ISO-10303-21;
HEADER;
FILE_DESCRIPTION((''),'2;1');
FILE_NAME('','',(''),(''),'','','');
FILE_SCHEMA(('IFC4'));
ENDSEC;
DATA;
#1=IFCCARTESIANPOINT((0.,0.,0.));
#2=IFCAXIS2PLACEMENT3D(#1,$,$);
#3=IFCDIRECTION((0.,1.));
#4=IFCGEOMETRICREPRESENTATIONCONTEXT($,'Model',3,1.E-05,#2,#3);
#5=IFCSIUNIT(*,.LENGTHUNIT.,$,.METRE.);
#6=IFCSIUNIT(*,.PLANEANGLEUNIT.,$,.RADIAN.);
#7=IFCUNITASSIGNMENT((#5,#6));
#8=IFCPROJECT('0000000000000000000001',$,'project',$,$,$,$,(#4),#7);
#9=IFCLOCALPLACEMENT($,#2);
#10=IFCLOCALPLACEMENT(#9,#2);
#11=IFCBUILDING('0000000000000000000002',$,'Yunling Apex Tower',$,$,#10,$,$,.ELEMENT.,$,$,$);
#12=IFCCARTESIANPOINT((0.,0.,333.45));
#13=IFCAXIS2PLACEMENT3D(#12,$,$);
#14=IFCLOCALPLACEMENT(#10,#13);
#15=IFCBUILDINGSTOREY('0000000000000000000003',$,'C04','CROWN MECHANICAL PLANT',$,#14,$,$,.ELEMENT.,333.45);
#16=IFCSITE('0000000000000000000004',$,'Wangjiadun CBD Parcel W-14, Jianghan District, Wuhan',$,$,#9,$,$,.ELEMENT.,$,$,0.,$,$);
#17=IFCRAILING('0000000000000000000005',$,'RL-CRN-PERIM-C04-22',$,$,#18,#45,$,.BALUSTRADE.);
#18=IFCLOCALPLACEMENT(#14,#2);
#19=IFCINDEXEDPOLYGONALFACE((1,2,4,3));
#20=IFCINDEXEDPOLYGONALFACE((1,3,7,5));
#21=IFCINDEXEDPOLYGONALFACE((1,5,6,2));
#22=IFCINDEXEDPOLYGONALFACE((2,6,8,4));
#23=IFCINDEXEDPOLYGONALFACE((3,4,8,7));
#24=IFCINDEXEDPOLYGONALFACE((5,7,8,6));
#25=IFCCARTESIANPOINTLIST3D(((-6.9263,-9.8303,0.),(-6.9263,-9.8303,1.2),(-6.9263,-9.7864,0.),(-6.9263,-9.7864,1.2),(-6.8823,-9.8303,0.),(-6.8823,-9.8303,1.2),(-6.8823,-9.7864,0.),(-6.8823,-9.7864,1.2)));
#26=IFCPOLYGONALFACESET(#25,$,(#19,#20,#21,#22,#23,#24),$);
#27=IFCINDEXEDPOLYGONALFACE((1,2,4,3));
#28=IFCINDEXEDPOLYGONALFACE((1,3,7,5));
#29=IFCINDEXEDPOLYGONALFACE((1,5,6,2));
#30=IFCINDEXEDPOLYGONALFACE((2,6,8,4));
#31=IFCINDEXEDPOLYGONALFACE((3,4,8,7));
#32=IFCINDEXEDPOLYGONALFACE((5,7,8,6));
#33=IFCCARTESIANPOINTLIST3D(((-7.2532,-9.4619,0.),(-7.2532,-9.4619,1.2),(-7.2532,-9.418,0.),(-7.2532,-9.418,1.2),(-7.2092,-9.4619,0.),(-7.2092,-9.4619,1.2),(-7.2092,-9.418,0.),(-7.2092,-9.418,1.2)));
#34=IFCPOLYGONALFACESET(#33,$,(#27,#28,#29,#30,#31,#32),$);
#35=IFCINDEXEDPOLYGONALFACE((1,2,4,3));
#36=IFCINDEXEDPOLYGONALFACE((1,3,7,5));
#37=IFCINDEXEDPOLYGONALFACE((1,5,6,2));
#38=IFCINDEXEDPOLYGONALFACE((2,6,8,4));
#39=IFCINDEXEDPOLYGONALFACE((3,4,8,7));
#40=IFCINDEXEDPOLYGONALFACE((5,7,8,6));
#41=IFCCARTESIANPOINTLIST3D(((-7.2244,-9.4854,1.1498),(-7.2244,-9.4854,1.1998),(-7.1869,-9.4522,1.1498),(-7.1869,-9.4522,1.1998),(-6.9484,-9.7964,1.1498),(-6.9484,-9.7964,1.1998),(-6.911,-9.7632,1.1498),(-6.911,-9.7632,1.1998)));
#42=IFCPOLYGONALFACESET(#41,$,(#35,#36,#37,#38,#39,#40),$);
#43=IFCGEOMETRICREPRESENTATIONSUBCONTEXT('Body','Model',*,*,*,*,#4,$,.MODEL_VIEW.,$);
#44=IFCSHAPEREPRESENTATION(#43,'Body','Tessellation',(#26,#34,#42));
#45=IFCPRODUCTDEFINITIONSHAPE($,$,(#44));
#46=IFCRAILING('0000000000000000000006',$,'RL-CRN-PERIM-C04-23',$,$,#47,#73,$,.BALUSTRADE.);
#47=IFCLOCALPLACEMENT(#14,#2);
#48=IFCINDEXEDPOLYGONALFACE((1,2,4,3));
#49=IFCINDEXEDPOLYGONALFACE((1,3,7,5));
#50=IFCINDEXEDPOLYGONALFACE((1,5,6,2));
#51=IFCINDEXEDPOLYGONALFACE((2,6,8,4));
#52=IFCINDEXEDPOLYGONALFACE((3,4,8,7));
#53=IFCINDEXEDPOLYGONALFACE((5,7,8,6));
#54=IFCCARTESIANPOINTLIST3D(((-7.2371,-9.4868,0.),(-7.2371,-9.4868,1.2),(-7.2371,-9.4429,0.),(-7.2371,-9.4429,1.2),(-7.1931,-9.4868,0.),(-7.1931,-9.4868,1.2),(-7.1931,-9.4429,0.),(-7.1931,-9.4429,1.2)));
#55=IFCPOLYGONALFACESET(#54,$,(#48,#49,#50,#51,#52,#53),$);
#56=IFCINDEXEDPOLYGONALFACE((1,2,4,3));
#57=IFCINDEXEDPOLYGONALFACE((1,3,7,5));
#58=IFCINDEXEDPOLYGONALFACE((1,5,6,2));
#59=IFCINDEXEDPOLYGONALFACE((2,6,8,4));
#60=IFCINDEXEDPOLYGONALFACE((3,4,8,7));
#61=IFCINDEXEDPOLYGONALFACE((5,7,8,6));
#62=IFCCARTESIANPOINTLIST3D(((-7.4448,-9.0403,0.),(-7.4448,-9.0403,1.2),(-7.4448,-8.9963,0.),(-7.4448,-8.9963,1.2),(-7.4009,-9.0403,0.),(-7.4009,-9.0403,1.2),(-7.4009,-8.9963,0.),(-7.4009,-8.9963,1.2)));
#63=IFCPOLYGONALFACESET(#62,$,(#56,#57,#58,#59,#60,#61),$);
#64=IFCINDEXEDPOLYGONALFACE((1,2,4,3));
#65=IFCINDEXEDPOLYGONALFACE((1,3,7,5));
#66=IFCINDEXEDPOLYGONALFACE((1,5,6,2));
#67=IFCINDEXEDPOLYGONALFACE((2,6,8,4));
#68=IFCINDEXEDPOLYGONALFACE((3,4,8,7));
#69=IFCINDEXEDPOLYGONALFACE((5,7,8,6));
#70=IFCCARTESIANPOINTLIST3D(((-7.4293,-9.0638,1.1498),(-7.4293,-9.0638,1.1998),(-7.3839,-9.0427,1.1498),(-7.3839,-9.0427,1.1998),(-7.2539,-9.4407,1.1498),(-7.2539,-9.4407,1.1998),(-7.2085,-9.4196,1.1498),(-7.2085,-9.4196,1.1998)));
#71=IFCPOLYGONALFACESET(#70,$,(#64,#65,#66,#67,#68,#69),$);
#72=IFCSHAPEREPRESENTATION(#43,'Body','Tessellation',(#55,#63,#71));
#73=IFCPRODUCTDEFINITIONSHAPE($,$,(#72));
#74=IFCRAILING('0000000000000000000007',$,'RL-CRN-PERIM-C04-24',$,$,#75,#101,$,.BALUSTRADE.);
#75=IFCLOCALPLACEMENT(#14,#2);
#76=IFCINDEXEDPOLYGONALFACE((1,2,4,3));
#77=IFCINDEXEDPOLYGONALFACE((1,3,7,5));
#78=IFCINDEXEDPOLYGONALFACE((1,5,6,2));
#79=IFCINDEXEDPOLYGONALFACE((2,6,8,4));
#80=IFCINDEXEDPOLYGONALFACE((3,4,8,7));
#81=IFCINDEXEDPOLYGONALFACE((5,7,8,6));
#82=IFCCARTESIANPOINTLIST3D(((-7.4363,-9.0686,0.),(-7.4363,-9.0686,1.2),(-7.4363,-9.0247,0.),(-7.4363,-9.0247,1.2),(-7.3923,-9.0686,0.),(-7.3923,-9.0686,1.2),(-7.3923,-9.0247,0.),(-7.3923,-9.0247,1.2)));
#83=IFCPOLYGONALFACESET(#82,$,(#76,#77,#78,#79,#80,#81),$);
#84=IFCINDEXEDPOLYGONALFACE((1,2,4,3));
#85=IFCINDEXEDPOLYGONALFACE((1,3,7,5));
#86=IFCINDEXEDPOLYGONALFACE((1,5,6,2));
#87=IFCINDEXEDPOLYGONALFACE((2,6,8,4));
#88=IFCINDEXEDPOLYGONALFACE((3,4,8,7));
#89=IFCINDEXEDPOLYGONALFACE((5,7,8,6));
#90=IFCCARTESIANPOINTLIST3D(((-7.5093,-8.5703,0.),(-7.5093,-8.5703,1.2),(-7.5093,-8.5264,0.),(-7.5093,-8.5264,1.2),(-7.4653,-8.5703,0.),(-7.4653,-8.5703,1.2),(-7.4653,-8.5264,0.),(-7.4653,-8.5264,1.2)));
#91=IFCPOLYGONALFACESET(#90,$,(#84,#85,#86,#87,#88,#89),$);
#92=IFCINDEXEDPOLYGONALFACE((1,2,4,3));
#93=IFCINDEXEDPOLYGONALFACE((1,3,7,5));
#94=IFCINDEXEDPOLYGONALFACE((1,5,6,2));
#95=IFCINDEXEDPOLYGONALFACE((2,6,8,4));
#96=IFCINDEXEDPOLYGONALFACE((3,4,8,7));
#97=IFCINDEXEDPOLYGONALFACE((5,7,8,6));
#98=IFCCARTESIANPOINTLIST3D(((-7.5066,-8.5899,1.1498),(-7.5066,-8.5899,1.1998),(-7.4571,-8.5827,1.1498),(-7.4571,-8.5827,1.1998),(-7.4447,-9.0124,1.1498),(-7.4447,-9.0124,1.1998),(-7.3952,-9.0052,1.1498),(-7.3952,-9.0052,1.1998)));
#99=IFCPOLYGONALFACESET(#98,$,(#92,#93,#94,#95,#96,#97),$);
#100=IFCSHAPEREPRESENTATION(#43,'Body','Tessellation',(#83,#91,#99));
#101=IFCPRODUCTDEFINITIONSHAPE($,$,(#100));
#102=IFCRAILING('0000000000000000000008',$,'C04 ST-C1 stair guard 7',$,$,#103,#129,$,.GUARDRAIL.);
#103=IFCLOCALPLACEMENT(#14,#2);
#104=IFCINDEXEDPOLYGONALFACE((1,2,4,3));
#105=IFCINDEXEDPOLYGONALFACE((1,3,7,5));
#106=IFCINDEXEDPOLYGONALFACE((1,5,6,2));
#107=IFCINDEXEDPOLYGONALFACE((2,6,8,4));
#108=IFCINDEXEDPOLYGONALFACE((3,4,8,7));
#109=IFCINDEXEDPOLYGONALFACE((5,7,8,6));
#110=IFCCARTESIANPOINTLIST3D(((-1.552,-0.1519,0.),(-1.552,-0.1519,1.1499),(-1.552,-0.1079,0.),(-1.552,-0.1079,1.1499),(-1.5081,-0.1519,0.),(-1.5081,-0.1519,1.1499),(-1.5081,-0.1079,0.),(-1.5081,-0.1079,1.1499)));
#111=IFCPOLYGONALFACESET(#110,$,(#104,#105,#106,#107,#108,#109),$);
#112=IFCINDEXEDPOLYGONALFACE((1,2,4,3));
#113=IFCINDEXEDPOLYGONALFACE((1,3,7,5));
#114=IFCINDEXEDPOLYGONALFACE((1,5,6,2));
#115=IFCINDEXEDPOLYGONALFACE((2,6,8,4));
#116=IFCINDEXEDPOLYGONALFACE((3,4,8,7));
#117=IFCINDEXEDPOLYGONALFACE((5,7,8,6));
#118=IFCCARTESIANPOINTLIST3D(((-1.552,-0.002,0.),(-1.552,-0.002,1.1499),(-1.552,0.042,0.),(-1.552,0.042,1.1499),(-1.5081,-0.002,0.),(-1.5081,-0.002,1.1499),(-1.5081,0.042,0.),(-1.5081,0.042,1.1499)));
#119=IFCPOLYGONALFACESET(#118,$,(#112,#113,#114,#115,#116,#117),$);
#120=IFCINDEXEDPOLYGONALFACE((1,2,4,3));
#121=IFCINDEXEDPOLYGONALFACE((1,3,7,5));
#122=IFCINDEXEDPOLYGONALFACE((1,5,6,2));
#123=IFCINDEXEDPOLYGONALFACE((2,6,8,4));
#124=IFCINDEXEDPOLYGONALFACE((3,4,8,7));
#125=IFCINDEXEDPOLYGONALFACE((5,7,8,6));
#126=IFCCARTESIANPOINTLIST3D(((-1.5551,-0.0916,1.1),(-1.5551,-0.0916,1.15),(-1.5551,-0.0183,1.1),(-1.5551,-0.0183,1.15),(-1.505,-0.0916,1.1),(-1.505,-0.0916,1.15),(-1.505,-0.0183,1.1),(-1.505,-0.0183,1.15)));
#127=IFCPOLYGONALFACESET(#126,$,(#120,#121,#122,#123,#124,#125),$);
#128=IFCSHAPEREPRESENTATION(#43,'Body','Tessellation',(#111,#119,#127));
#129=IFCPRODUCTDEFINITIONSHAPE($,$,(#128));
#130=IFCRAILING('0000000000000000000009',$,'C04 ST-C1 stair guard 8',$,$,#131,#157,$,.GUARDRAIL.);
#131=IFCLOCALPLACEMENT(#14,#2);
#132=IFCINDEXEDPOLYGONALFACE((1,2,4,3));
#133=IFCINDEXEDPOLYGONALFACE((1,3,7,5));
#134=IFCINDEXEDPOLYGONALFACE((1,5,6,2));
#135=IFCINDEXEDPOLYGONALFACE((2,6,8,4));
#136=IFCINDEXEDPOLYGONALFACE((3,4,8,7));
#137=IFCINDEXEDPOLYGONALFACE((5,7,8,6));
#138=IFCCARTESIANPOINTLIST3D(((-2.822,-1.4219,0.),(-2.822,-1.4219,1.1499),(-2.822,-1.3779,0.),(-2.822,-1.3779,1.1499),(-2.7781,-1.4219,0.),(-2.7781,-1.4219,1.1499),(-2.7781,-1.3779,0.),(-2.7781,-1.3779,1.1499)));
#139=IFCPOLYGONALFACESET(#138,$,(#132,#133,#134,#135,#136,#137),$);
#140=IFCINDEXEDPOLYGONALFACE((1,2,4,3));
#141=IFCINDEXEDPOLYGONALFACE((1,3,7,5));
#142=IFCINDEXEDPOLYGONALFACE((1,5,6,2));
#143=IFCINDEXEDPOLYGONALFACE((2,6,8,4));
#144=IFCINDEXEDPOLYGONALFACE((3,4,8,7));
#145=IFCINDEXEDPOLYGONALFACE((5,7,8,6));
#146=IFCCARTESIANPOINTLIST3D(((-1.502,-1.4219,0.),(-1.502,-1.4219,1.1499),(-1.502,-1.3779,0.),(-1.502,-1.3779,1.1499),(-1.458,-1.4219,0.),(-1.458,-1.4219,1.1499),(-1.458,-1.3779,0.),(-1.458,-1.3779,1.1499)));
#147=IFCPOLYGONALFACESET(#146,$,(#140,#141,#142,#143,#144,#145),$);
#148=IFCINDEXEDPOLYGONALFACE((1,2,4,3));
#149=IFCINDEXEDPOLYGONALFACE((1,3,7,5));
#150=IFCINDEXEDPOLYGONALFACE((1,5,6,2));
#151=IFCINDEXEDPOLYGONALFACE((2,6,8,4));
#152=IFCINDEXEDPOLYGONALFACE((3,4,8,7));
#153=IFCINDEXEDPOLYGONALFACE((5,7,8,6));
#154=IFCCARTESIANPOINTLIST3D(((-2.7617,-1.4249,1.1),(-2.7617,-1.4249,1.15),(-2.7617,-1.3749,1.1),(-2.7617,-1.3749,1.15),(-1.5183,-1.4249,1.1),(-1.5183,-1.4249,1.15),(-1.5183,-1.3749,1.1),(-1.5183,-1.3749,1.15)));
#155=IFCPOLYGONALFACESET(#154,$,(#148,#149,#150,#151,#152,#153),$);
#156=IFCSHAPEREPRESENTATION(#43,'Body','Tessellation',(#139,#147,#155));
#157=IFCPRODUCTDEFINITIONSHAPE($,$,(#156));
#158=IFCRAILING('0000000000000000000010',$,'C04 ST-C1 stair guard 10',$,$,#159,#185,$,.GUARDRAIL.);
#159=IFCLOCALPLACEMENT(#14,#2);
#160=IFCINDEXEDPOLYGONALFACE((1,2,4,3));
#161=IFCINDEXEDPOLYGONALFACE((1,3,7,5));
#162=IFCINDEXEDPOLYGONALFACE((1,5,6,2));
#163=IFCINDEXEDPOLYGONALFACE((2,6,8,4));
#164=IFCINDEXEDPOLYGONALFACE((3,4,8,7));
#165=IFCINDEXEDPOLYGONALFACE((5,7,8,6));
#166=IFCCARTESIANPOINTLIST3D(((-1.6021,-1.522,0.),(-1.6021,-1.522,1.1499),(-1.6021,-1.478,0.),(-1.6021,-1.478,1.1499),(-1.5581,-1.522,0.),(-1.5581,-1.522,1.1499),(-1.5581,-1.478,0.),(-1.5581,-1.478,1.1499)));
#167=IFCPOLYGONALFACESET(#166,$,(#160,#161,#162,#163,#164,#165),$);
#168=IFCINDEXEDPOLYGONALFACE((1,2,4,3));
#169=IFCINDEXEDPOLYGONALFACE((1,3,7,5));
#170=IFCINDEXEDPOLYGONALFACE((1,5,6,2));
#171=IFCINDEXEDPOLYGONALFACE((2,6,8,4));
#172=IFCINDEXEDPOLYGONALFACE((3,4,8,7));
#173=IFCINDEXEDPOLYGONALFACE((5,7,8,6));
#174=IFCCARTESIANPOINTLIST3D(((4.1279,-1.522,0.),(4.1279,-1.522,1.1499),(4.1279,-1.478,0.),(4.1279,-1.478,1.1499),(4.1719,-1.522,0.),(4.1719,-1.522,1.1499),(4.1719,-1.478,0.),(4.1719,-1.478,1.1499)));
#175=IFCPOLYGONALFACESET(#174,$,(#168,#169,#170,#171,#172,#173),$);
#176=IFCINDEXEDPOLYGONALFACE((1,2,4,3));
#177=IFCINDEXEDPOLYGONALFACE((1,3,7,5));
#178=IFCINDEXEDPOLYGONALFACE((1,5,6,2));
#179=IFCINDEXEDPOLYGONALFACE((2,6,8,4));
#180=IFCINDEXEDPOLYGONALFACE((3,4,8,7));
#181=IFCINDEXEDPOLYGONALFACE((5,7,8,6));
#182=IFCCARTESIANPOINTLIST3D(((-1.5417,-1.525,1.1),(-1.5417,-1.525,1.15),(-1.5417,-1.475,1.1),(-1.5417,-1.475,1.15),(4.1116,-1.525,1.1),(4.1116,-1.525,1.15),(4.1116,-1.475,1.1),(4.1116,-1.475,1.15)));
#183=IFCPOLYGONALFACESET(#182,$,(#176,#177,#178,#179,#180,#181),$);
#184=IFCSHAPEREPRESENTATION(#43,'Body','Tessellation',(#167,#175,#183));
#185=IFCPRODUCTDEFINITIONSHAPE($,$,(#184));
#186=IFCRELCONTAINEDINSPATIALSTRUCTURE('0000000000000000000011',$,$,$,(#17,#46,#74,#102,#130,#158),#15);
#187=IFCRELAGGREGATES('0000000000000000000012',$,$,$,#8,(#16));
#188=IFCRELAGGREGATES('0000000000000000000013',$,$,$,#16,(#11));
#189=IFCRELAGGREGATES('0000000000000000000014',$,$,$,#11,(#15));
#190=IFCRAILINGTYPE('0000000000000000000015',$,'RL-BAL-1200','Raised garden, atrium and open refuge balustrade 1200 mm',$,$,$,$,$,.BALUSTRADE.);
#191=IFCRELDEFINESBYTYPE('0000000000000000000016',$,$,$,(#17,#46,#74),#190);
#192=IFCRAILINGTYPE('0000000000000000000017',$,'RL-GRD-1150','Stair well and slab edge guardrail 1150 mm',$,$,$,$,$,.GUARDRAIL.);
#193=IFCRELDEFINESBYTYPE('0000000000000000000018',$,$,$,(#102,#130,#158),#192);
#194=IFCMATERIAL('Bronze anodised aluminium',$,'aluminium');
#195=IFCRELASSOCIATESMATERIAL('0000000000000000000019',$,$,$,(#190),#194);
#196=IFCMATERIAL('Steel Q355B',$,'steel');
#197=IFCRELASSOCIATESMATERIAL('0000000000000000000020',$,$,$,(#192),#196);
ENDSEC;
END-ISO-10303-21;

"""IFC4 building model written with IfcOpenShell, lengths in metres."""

from ifc_helpers import new_model, si_unit, direction, frame, origin, origin_2d, place, context, subcontext, project, spatial, rectangle, extrude, material, type_object, element, save


model = new_model("IFC4")

# Units and contexts
model_context = context("Model", 3, precision=1e-05, world=origin(), true_north=direction((0.0, 1.0)))
body_context = subcontext(model_context, "Body", "Model", "MODEL_VIEW")
ifc_project = project(units=[si_unit("LENGTHUNIT", "METRE"), si_unit("PLANEANGLEUNIT", "RADIAN")], contexts=[model_context])

# Site, building, storey
site_placement = place(None, origin())
site = spatial("IfcSite", under=ifc_project, at=site_placement, Name="Wangjiadun CBD Parcel W-14, Jianghan District, Wuhan", CompositionType="ELEMENT", RefElevation=0.0)
building_placement = place(site_placement, origin())
building = spatial("IfcBuilding", under=site, at=building_placement, Name="Yunling Apex Tower", CompositionType="ELEMENT")
storey_placement = place(building_placement, frame((0.0, 0.0, 333.45)))
storey = spatial("IfcBuildingStorey", under=building, at=storey_placement, Name="C04", Description="CROWN MECHANICAL PLANT", CompositionType="ELEMENT", Elevation=333.45)

# Shared definitions
ifc_material_1 = material(Name="Steel Q355B", Category="steel")

# Shared definitions
ifc_material_2 = material(Name="Bronze anodised aluminium", Category="aluminium")

# Railings
railing_type_1 = type_object("IfcRailingType", Name="RL-BAL-1200", Description="Raised garden, atrium and open refuge balustrade 1200 mm", PredefinedType="BALUSTRADE", material=ifc_material_2)
railing_1_placement = place(storey_placement, frame((-6.9043, -9.8083, 0.0)))
element("IfcRailing", 1, at=railing_1_placement, inside=storey, type_object=railing_type_1, Name="RL-CRN-PERIM-C04-22", PredefinedType="BALUSTRADE", context=body_context, shape_type="SweptSolid", body=[
    extrude(rectangle(XDim=0.0439, YDim=0.0439, at=origin_2d()), origin(), (0.0, 0.0, 1.0), 1.2),
    extrude(rectangle(XDim=0.0439, YDim=0.0439, at=origin_2d()), frame((-0.3269, 0.3684, 0.0)), (0.0, 0.0, 1.0), 1.2),
    extrude(rectangle(XDim=0.05, YDim=0.05, at=origin_2d()), frame((-0.0254, 0.0286, 1.1748), z_axis=(-0.663717, 0.747983, 0.0), x_axis=(-0.747983, -0.663717, 0.0)), (0.0, 0.0, 1.0), 0.4158),
])
railing_2_placement = place(storey_placement, frame((-7.2151, -9.4648, 0.0)))
element("IfcRailing", 2, at=railing_2_placement, inside=storey, type_object=railing_type_1, Name="RL-CRN-PERIM-C04-23", PredefinedType="BALUSTRADE", context=body_context, shape_type="SweptSolid", body=[
    extrude(rectangle(XDim=0.0439, YDim=0.0439, at=origin_2d()), origin(), (0.0, 0.0, 1.0), 1.2),
    extrude(rectangle(XDim=0.0439, YDim=0.0439, at=origin_2d()), frame((-0.2078, 0.4465, 0.0)), (0.0, 0.0, 1.0), 1.2),
    extrude(rectangle(XDim=0.05, YDim=0.05, at=origin_2d()), frame((-0.0161, 0.0347, 1.1748), z_axis=(-0.421854, 0.906664, 0.0), x_axis=(-0.906664, -0.421854, 0.0)), (0.0, 0.0, 1.0), 0.4158),
])
railing_3_placement = place(storey_placement, frame((-7.4143, -9.0466, 0.0)))
element("IfcRailing", 3, at=railing_3_placement, inside=storey, type_object=railing_type_1, Name="RL-CRN-PERIM-C04-24", PredefinedType="BALUSTRADE", context=body_context, shape_type="SweptSolid", body=[
    extrude(rectangle(XDim=0.0439, YDim=0.0439, at=origin_2d()), origin(), (0.0, 0.0, 1.0), 1.2),
    extrude(rectangle(XDim=0.0439, YDim=0.0439, at=origin_2d()), frame((-0.073, 0.4983, 0.0)), (0.0, 0.0, 1.0), 1.2),
    extrude(rectangle(XDim=0.05, YDim=0.05, at=origin_2d()), frame((-0.0056, 0.0378, 1.1748), z_axis=(-0.14495, 0.989439, 0.0), x_axis=(-0.989439, -0.14495, 0.0)), (0.0, 0.0, 1.0), 0.427),
])
railing_type_2 = type_object("IfcRailingType", Name="RL-GRD-1150", Description="Stair well and slab edge guardrail 1150 mm", PredefinedType="GUARDRAIL", material=ifc_material_1)
railing_4_placement = place(storey_placement, frame((-1.53, -0.1299, 0.0)))
element("IfcRailing", 4, at=railing_4_placement, inside=storey, type_object=railing_type_2, Name="C04 ST-C1 stair guard 7", PredefinedType="GUARDRAIL", context=body_context, shape_type="SweptSolid", body=[
    extrude(rectangle(XDim=0.0439, YDim=0.0439, at=origin_2d()), origin(), (0.0, 0.0, 1.0), 1.1499),
    extrude(rectangle(XDim=0.0439, YDim=0.0439, at=origin_2d()), frame((0.0, 0.1499, 0.0)), (0.0, 0.0, 1.0), 1.1499),
    extrude(rectangle(XDim=0.05, YDim=0.05, at=origin_2d()), frame((0.0, 0.0383, 1.125), z_axis=(0.0, 1.0, 0.0), x_axis=(-1.0, 0.0, 0.0)), (0.0, 0.0, 1.0), 0.0732),
])
railing_5_placement = place(storey_placement, frame((-2.8, -1.3999, 0.0)))
element("IfcRailing", 5, at=railing_5_placement, inside=storey, type_object=railing_type_2, Name="C04 ST-C1 stair guard 8", PredefinedType="GUARDRAIL", context=body_context, shape_type="SweptSolid", body=[
    extrude(rectangle(XDim=0.0439, YDim=0.0439, at=origin_2d()), origin(), (0.0, 0.0, 1.0), 1.1499),
    extrude(rectangle(XDim=0.0439, YDim=0.0439, at=origin_2d()), frame((1.3201, 0.0, 0.0)), (0.0, 0.0, 1.0), 1.1499),
    extrude(rectangle(XDim=0.05, YDim=0.05, at=origin_2d()), frame((0.0383, 0.0, 1.125), z_axis=(1.0, 0.0, 0.0), x_axis=(0.0, 1.0, 0.0)), (0.0, 0.0, 1.0), 1.2434),
])
railing_6_placement = place(storey_placement, frame((-1.5801, -1.5, 0.0)))
element("IfcRailing", 6, at=railing_6_placement, inside=storey, type_object=railing_type_2, Name="C04 ST-C1 stair guard 10", PredefinedType="GUARDRAIL", context=body_context, shape_type="SweptSolid", body=[
    extrude(rectangle(XDim=0.0439, YDim=0.0439, at=origin_2d()), origin(), (0.0, 0.0, 1.0), 1.1499),
    extrude(rectangle(XDim=0.0439, YDim=0.0439, at=origin_2d()), frame((5.73, 0.0, 0.0)), (0.0, 0.0, 1.0), 1.1499),
    extrude(rectangle(XDim=0.05, YDim=0.05, at=origin_2d()), frame((0.0383, 0.0, 1.125), z_axis=(1.0, 0.0, 0.0), x_axis=(0.0, 1.0, 0.0)), (0.0, 0.0, 1.0), 5.6533),
])

save(model, "model.ifc")
